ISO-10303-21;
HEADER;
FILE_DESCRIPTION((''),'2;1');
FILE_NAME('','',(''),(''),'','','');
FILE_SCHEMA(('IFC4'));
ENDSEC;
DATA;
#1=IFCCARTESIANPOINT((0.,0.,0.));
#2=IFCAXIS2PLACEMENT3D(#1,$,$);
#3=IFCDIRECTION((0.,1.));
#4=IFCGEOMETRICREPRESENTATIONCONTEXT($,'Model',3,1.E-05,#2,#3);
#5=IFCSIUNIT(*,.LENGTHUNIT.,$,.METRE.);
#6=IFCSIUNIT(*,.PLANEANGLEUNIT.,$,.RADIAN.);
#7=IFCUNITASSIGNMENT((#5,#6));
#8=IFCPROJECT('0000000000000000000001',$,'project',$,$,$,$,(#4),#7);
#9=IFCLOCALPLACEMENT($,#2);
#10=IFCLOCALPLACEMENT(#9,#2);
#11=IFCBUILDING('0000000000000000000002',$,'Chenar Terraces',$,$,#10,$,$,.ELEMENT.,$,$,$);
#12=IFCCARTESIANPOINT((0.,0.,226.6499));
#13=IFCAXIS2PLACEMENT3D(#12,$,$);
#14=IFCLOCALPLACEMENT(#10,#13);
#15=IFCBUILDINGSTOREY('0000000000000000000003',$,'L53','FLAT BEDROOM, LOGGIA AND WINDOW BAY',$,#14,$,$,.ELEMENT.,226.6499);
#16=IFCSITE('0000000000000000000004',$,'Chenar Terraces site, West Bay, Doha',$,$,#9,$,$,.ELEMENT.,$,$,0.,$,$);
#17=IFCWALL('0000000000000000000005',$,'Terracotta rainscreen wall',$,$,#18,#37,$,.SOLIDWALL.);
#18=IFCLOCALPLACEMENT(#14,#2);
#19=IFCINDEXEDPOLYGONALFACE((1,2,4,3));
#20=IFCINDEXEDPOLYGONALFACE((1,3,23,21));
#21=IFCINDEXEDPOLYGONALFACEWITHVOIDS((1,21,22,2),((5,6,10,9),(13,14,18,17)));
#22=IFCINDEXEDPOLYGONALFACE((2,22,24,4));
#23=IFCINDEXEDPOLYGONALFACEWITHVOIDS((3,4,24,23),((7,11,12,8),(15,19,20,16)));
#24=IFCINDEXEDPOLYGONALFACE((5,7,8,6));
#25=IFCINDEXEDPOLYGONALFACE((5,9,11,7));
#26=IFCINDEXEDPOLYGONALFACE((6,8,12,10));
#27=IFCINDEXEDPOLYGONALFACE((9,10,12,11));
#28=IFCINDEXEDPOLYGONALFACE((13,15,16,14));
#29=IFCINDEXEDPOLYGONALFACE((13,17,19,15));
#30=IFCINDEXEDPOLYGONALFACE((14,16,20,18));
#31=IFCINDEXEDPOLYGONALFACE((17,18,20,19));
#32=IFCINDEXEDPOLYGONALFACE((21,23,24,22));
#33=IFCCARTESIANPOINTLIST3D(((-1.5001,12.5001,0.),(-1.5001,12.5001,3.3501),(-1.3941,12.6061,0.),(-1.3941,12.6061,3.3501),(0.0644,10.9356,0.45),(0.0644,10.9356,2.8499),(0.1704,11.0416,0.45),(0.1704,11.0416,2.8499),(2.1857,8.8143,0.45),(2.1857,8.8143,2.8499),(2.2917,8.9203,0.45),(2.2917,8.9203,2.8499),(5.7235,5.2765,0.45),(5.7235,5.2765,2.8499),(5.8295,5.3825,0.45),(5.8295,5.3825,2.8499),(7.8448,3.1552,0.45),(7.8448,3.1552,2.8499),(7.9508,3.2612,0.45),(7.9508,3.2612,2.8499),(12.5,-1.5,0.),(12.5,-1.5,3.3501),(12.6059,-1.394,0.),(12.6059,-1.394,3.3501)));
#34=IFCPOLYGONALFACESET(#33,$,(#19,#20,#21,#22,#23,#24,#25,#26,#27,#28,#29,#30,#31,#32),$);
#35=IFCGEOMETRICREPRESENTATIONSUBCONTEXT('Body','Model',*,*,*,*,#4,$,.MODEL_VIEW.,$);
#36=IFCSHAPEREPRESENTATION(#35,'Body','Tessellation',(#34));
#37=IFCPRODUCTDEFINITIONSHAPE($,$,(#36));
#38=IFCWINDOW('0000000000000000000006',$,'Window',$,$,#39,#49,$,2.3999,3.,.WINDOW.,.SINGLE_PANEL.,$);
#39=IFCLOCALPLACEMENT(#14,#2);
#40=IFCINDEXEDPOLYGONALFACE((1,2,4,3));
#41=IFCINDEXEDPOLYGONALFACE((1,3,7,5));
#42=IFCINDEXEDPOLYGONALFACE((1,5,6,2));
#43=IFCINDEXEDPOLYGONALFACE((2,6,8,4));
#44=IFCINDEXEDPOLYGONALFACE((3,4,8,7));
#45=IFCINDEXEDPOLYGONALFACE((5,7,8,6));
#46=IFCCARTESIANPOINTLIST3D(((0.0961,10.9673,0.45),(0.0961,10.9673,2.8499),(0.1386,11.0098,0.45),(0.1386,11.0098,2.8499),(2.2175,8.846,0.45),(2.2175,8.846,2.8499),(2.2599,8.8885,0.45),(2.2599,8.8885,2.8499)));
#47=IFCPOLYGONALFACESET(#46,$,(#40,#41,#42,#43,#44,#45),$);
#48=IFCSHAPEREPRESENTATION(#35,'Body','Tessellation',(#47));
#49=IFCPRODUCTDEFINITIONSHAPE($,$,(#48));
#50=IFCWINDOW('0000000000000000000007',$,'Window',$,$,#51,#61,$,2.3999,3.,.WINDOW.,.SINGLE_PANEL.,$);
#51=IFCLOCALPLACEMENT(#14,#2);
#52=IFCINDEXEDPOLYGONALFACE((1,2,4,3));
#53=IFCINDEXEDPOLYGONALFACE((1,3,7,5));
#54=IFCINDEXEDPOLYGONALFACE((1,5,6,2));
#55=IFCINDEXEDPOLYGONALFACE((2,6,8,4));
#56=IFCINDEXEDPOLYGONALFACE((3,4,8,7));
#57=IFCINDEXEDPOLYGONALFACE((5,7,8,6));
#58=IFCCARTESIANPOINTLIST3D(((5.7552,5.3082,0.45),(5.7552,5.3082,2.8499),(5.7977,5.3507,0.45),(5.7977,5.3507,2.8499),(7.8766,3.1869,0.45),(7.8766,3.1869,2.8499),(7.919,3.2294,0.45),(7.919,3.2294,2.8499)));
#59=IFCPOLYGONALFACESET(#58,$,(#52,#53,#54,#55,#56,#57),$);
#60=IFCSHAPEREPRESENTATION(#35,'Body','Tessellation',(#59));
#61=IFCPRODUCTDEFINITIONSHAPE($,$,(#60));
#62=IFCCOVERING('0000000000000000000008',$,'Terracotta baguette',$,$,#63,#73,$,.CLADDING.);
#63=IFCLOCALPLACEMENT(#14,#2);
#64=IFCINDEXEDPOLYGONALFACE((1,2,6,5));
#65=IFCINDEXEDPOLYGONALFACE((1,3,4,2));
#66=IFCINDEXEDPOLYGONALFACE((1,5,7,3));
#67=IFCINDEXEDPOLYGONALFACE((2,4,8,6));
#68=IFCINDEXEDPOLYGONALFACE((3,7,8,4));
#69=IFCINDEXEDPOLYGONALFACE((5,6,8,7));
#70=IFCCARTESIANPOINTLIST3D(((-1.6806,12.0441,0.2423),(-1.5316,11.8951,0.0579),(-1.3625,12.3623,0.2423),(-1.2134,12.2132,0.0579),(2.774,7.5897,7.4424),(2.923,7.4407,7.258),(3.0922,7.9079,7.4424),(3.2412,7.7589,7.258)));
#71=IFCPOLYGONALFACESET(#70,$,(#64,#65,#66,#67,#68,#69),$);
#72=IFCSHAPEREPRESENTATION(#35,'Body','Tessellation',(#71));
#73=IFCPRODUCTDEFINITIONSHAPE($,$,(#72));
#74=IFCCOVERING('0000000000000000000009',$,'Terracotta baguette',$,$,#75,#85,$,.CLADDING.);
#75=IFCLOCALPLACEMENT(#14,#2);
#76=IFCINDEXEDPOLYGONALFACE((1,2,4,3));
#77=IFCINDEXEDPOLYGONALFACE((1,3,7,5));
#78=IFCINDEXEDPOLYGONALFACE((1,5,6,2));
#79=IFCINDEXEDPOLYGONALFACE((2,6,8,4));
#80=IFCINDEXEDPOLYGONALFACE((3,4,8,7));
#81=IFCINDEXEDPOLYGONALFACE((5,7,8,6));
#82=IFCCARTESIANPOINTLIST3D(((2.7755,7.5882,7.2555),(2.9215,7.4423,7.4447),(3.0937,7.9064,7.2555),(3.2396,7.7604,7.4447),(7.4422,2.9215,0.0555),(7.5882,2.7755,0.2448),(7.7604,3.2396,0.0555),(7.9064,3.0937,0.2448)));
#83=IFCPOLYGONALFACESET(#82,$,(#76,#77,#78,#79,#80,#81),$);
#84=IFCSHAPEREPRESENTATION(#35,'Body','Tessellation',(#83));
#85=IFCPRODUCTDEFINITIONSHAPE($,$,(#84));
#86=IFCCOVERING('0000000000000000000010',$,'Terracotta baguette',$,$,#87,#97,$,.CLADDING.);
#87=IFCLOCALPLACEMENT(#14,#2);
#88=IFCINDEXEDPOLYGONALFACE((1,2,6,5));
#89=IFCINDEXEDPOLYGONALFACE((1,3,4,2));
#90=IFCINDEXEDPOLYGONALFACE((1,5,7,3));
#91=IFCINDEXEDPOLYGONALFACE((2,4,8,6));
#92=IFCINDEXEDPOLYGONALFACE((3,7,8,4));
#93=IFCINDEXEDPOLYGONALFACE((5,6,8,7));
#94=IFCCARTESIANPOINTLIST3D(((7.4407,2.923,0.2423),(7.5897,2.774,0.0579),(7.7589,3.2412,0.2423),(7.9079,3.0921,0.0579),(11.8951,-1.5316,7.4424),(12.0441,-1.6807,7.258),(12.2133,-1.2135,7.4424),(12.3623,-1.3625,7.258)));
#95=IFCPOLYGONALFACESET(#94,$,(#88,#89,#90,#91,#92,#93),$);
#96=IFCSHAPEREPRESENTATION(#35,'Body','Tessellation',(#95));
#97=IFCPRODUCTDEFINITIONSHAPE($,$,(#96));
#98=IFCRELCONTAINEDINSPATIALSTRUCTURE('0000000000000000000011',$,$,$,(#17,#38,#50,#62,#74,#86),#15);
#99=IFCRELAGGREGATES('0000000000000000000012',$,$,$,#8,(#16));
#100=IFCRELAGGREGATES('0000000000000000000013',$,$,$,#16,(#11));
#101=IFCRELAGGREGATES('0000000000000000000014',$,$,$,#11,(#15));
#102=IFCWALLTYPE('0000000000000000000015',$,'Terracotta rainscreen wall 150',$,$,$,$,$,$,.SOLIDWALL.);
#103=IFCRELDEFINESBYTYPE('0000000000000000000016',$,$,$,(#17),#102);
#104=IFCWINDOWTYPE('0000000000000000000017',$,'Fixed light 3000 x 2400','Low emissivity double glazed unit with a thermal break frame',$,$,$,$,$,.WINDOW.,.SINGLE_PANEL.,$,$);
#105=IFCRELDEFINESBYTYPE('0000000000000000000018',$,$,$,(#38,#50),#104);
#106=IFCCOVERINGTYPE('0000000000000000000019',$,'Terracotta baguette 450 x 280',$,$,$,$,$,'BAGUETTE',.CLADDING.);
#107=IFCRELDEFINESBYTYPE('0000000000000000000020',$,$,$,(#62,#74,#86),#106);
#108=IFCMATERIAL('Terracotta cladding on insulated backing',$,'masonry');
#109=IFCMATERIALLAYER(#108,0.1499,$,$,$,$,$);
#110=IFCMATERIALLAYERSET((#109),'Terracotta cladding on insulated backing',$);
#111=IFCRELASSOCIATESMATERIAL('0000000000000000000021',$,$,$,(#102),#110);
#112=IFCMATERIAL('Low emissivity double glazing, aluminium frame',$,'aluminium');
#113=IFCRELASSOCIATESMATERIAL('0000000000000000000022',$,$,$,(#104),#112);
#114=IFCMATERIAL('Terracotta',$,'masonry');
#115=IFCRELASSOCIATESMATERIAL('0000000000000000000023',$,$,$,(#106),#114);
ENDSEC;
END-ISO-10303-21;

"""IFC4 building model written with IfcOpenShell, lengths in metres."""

from ifc_helpers import new_model, si_unit, direction, frame, frame_2d, origin, origin_2d, place, context, subcontext, project, spatial, rectangle, extrude, material, layer, layer_set, material_profile, profile_set, type_object, element, fill, save


model = new_model("IFC4")

# Units and contexts
model_context = context("Model", 3, precision=1e-05, world=origin(), true_north=direction((0.0, 1.0)))
body_context = subcontext(model_context, "Body", "Model", "MODEL_VIEW")
ifc_project = project(units=[si_unit("LENGTHUNIT", "METRE"), si_unit("PLANEANGLEUNIT", "RADIAN")], contexts=[model_context])

# Site, building, storey
site_placement = place(None, origin())
site = spatial("IfcSite", under=ifc_project, at=site_placement, Name="Chenar Terraces site, West Bay, Doha", CompositionType="ELEMENT", RefElevation=0.0)
building_placement = place(site_placement, origin())
building = spatial("IfcBuilding", under=site, at=building_placement, Name="Chenar Terraces", CompositionType="ELEMENT")
storey_placement = place(building_placement, frame((0.0, 0.0, 226.6499)))
storey = spatial("IfcBuildingStorey", under=building, at=storey_placement, Name="L53", Description="FLAT BEDROOM, LOGGIA AND WINDOW BAY", CompositionType="ELEMENT", Elevation=226.6499)

# Wall, openings, windows
ifc_material_1 = material(Name="Terracotta cladding on insulated backing", Category="masonry")
ifc_layer_1 = layer(ifc_material_1, 0.1499)
ifc_layer_set_1 = layer_set([ifc_layer_1], Name="Terracotta cladding on insulated backing")
wall_type_1 = type_object("IfcWallType", Name="Terracotta rainscreen wall 150", PredefinedType="SOLIDWALL", material=ifc_layer_set_1)
wall_1_placement = place(storey_placement, frame((-1.447, 12.553, 0.0), z_axis=(0.0, 0.0, 1.0), x_axis=(0.707107, -0.707107, 0.0)))
wall_1 = element("IfcWall", 1, at=wall_1_placement, inside=storey, type_object=wall_type_1, Name="Terracotta rainscreen wall", PredefinedType="SOLIDWALL", context=body_context, shape_type="SweptSolid", body=[
    extrude(rectangle(XDim=19.7991, YDim=0.1499, at=frame_2d((9.8994, 0.0))), origin(), (0.0, 0.0, 1.0), 3.3501),
])
opening_1_placement = place(wall_1_placement, frame((2.2124, 0.0, 0.45)))
opening_1 = element("IfcOpeningElement", 2, at=opening_1_placement, cuts=wall_1, PredefinedType="OPENING", context=body_context, shape_type="SweptSolid", body=[
    extrude(rectangle(XDim=3.0, YDim=2.3999, at=frame_2d((1.5, 1.2))), frame((0.0, 0.085, 0.0), z_axis=(0.0, -1.0, 0.0), x_axis=(1.0, 0.0, 0.0)), (0.0, 0.0, 1.0), 0.1699),
])
opening_2_placement = place(wall_1_placement, frame((10.2156, 0.0, 0.45)))
opening_2 = element("IfcOpeningElement", 3, at=opening_2_placement, cuts=wall_1, PredefinedType="OPENING", context=body_context, shape_type="SweptSolid", body=[
    extrude(rectangle(XDim=3.0, YDim=2.3999, at=frame_2d((1.5, 1.2))), frame((0.0, 0.085, 0.0), z_axis=(0.0, -1.0, 0.0), x_axis=(1.0, 0.0, 0.0)), (0.0, 0.0, 1.0), 0.1699),
])
ifc_material_2 = material(Name="Low emissivity double glazing, aluminium frame", Category="aluminium")
window_type = type_object("IfcWindowType", Name="Fixed light 3000 x 2400", Description="Low emissivity double glazed unit with a thermal break frame", PartitioningType="SINGLE_PANEL", PredefinedType="WINDOW", material=ifc_material_2)
window_1_placement = place(opening_1_placement, origin())
window_1 = element("IfcWindow", 4, at=window_1_placement, inside=storey, type_object=window_type, Name="Window", OverallHeight=2.3999, OverallWidth=3.0, PartitioningType="SINGLE_PANEL", PredefinedType="WINDOW", context=body_context, shape_type="SweptSolid", body=[
    extrude(rectangle(XDim=3.0, YDim=2.3999, at=frame_2d((1.5, 1.2))), frame((0.0, 0.03, 0.0), z_axis=(0.0, -1.0, 0.0), x_axis=(1.0, 0.0, 0.0)), (0.0, 0.0, 1.0), 0.0601),
])
fill(opening_1, window_1)
window_2_placement = place(opening_2_placement, origin())
window_2 = element("IfcWindow", 5, at=window_2_placement, inside=storey, type_object=window_type, Name="Window", OverallHeight=2.3999, OverallWidth=3.0, PartitioningType="SINGLE_PANEL", PredefinedType="WINDOW", context=body_context, shape_type="SweptSolid", body=[
    extrude(rectangle(XDim=3.0, YDim=2.3999, at=frame_2d((1.5, 1.2))), frame((0.0, 0.03, 0.0), z_axis=(0.0, -1.0, 0.0), x_axis=(1.0, 0.0, 0.0)), (0.0, 0.0, 1.0), 0.0601),
])
fill(opening_2, window_2)

# Coverings
ifc_material_3 = material(Name="Terracotta", Category="masonry")
ifc_material_profile = material_profile(ifc_material_3, rectangle(XDim=0.45, YDim=0.28, at=origin_2d()), Name="Terracotta baguette 450 x 280")
ifc_profile_set = profile_set([ifc_material_profile], Name="Terracotta")
covering_type = type_object("IfcCoveringType", Name="Terracotta baguette 450 x 280", ElementType="BAGUETTE", PredefinedType="CLADDING", material=ifc_profile_set)
covering_1_placement = place(storey_placement, frame((-1.447, 12.1287, 0.1501), z_axis=(0.46563, -0.465604, 0.752597), x_axis=(0.707087, 0.707126, 0.0)))
element("IfcCovering", 6, at=covering_1_placement, inside=storey, type_object=covering_type, Name="Terracotta baguette", PredefinedType="CLADDING", context=body_context, shape_type="SweptSolid", body=[
    extrude(rectangle(XDim=0.45, YDim=0.28, at=origin_2d()), origin(), (0.0, 0.0, 1.0), 9.5669),
])
covering_2_placement = place(storey_placement, frame((3.0076, 7.6743, 7.3501), z_axis=(0.477803, -0.477803, -0.737163), x_axis=(0.707107, 0.707107, 0.0)))
element("IfcCovering", 7, at=covering_2_placement, inside=storey, type_object=covering_type, Name="Terracotta baguette", PredefinedType="CLADDING", context=body_context, shape_type="SweptSolid", body=[
    extrude(rectangle(XDim=0.45, YDim=0.28, at=origin_2d()), origin(), (0.0, 0.0, 1.0), 9.7671),
])
covering_3_placement = place(storey_placement, frame((7.6743, 3.0076, 0.1501), z_axis=(0.465604, -0.46563, 0.752597), x_axis=(0.707126, 0.707087, 0.0)))
element("IfcCovering", 8, at=covering_3_placement, inside=storey, type_object=covering_type, Name="Terracotta baguette", PredefinedType="CLADDING", context=body_context, shape_type="SweptSolid", body=[
    extrude(rectangle(XDim=0.45, YDim=0.28, at=origin_2d()), origin(), (0.0, 0.0, 1.0), 9.5669),
])

save(model, "model.ifc")
